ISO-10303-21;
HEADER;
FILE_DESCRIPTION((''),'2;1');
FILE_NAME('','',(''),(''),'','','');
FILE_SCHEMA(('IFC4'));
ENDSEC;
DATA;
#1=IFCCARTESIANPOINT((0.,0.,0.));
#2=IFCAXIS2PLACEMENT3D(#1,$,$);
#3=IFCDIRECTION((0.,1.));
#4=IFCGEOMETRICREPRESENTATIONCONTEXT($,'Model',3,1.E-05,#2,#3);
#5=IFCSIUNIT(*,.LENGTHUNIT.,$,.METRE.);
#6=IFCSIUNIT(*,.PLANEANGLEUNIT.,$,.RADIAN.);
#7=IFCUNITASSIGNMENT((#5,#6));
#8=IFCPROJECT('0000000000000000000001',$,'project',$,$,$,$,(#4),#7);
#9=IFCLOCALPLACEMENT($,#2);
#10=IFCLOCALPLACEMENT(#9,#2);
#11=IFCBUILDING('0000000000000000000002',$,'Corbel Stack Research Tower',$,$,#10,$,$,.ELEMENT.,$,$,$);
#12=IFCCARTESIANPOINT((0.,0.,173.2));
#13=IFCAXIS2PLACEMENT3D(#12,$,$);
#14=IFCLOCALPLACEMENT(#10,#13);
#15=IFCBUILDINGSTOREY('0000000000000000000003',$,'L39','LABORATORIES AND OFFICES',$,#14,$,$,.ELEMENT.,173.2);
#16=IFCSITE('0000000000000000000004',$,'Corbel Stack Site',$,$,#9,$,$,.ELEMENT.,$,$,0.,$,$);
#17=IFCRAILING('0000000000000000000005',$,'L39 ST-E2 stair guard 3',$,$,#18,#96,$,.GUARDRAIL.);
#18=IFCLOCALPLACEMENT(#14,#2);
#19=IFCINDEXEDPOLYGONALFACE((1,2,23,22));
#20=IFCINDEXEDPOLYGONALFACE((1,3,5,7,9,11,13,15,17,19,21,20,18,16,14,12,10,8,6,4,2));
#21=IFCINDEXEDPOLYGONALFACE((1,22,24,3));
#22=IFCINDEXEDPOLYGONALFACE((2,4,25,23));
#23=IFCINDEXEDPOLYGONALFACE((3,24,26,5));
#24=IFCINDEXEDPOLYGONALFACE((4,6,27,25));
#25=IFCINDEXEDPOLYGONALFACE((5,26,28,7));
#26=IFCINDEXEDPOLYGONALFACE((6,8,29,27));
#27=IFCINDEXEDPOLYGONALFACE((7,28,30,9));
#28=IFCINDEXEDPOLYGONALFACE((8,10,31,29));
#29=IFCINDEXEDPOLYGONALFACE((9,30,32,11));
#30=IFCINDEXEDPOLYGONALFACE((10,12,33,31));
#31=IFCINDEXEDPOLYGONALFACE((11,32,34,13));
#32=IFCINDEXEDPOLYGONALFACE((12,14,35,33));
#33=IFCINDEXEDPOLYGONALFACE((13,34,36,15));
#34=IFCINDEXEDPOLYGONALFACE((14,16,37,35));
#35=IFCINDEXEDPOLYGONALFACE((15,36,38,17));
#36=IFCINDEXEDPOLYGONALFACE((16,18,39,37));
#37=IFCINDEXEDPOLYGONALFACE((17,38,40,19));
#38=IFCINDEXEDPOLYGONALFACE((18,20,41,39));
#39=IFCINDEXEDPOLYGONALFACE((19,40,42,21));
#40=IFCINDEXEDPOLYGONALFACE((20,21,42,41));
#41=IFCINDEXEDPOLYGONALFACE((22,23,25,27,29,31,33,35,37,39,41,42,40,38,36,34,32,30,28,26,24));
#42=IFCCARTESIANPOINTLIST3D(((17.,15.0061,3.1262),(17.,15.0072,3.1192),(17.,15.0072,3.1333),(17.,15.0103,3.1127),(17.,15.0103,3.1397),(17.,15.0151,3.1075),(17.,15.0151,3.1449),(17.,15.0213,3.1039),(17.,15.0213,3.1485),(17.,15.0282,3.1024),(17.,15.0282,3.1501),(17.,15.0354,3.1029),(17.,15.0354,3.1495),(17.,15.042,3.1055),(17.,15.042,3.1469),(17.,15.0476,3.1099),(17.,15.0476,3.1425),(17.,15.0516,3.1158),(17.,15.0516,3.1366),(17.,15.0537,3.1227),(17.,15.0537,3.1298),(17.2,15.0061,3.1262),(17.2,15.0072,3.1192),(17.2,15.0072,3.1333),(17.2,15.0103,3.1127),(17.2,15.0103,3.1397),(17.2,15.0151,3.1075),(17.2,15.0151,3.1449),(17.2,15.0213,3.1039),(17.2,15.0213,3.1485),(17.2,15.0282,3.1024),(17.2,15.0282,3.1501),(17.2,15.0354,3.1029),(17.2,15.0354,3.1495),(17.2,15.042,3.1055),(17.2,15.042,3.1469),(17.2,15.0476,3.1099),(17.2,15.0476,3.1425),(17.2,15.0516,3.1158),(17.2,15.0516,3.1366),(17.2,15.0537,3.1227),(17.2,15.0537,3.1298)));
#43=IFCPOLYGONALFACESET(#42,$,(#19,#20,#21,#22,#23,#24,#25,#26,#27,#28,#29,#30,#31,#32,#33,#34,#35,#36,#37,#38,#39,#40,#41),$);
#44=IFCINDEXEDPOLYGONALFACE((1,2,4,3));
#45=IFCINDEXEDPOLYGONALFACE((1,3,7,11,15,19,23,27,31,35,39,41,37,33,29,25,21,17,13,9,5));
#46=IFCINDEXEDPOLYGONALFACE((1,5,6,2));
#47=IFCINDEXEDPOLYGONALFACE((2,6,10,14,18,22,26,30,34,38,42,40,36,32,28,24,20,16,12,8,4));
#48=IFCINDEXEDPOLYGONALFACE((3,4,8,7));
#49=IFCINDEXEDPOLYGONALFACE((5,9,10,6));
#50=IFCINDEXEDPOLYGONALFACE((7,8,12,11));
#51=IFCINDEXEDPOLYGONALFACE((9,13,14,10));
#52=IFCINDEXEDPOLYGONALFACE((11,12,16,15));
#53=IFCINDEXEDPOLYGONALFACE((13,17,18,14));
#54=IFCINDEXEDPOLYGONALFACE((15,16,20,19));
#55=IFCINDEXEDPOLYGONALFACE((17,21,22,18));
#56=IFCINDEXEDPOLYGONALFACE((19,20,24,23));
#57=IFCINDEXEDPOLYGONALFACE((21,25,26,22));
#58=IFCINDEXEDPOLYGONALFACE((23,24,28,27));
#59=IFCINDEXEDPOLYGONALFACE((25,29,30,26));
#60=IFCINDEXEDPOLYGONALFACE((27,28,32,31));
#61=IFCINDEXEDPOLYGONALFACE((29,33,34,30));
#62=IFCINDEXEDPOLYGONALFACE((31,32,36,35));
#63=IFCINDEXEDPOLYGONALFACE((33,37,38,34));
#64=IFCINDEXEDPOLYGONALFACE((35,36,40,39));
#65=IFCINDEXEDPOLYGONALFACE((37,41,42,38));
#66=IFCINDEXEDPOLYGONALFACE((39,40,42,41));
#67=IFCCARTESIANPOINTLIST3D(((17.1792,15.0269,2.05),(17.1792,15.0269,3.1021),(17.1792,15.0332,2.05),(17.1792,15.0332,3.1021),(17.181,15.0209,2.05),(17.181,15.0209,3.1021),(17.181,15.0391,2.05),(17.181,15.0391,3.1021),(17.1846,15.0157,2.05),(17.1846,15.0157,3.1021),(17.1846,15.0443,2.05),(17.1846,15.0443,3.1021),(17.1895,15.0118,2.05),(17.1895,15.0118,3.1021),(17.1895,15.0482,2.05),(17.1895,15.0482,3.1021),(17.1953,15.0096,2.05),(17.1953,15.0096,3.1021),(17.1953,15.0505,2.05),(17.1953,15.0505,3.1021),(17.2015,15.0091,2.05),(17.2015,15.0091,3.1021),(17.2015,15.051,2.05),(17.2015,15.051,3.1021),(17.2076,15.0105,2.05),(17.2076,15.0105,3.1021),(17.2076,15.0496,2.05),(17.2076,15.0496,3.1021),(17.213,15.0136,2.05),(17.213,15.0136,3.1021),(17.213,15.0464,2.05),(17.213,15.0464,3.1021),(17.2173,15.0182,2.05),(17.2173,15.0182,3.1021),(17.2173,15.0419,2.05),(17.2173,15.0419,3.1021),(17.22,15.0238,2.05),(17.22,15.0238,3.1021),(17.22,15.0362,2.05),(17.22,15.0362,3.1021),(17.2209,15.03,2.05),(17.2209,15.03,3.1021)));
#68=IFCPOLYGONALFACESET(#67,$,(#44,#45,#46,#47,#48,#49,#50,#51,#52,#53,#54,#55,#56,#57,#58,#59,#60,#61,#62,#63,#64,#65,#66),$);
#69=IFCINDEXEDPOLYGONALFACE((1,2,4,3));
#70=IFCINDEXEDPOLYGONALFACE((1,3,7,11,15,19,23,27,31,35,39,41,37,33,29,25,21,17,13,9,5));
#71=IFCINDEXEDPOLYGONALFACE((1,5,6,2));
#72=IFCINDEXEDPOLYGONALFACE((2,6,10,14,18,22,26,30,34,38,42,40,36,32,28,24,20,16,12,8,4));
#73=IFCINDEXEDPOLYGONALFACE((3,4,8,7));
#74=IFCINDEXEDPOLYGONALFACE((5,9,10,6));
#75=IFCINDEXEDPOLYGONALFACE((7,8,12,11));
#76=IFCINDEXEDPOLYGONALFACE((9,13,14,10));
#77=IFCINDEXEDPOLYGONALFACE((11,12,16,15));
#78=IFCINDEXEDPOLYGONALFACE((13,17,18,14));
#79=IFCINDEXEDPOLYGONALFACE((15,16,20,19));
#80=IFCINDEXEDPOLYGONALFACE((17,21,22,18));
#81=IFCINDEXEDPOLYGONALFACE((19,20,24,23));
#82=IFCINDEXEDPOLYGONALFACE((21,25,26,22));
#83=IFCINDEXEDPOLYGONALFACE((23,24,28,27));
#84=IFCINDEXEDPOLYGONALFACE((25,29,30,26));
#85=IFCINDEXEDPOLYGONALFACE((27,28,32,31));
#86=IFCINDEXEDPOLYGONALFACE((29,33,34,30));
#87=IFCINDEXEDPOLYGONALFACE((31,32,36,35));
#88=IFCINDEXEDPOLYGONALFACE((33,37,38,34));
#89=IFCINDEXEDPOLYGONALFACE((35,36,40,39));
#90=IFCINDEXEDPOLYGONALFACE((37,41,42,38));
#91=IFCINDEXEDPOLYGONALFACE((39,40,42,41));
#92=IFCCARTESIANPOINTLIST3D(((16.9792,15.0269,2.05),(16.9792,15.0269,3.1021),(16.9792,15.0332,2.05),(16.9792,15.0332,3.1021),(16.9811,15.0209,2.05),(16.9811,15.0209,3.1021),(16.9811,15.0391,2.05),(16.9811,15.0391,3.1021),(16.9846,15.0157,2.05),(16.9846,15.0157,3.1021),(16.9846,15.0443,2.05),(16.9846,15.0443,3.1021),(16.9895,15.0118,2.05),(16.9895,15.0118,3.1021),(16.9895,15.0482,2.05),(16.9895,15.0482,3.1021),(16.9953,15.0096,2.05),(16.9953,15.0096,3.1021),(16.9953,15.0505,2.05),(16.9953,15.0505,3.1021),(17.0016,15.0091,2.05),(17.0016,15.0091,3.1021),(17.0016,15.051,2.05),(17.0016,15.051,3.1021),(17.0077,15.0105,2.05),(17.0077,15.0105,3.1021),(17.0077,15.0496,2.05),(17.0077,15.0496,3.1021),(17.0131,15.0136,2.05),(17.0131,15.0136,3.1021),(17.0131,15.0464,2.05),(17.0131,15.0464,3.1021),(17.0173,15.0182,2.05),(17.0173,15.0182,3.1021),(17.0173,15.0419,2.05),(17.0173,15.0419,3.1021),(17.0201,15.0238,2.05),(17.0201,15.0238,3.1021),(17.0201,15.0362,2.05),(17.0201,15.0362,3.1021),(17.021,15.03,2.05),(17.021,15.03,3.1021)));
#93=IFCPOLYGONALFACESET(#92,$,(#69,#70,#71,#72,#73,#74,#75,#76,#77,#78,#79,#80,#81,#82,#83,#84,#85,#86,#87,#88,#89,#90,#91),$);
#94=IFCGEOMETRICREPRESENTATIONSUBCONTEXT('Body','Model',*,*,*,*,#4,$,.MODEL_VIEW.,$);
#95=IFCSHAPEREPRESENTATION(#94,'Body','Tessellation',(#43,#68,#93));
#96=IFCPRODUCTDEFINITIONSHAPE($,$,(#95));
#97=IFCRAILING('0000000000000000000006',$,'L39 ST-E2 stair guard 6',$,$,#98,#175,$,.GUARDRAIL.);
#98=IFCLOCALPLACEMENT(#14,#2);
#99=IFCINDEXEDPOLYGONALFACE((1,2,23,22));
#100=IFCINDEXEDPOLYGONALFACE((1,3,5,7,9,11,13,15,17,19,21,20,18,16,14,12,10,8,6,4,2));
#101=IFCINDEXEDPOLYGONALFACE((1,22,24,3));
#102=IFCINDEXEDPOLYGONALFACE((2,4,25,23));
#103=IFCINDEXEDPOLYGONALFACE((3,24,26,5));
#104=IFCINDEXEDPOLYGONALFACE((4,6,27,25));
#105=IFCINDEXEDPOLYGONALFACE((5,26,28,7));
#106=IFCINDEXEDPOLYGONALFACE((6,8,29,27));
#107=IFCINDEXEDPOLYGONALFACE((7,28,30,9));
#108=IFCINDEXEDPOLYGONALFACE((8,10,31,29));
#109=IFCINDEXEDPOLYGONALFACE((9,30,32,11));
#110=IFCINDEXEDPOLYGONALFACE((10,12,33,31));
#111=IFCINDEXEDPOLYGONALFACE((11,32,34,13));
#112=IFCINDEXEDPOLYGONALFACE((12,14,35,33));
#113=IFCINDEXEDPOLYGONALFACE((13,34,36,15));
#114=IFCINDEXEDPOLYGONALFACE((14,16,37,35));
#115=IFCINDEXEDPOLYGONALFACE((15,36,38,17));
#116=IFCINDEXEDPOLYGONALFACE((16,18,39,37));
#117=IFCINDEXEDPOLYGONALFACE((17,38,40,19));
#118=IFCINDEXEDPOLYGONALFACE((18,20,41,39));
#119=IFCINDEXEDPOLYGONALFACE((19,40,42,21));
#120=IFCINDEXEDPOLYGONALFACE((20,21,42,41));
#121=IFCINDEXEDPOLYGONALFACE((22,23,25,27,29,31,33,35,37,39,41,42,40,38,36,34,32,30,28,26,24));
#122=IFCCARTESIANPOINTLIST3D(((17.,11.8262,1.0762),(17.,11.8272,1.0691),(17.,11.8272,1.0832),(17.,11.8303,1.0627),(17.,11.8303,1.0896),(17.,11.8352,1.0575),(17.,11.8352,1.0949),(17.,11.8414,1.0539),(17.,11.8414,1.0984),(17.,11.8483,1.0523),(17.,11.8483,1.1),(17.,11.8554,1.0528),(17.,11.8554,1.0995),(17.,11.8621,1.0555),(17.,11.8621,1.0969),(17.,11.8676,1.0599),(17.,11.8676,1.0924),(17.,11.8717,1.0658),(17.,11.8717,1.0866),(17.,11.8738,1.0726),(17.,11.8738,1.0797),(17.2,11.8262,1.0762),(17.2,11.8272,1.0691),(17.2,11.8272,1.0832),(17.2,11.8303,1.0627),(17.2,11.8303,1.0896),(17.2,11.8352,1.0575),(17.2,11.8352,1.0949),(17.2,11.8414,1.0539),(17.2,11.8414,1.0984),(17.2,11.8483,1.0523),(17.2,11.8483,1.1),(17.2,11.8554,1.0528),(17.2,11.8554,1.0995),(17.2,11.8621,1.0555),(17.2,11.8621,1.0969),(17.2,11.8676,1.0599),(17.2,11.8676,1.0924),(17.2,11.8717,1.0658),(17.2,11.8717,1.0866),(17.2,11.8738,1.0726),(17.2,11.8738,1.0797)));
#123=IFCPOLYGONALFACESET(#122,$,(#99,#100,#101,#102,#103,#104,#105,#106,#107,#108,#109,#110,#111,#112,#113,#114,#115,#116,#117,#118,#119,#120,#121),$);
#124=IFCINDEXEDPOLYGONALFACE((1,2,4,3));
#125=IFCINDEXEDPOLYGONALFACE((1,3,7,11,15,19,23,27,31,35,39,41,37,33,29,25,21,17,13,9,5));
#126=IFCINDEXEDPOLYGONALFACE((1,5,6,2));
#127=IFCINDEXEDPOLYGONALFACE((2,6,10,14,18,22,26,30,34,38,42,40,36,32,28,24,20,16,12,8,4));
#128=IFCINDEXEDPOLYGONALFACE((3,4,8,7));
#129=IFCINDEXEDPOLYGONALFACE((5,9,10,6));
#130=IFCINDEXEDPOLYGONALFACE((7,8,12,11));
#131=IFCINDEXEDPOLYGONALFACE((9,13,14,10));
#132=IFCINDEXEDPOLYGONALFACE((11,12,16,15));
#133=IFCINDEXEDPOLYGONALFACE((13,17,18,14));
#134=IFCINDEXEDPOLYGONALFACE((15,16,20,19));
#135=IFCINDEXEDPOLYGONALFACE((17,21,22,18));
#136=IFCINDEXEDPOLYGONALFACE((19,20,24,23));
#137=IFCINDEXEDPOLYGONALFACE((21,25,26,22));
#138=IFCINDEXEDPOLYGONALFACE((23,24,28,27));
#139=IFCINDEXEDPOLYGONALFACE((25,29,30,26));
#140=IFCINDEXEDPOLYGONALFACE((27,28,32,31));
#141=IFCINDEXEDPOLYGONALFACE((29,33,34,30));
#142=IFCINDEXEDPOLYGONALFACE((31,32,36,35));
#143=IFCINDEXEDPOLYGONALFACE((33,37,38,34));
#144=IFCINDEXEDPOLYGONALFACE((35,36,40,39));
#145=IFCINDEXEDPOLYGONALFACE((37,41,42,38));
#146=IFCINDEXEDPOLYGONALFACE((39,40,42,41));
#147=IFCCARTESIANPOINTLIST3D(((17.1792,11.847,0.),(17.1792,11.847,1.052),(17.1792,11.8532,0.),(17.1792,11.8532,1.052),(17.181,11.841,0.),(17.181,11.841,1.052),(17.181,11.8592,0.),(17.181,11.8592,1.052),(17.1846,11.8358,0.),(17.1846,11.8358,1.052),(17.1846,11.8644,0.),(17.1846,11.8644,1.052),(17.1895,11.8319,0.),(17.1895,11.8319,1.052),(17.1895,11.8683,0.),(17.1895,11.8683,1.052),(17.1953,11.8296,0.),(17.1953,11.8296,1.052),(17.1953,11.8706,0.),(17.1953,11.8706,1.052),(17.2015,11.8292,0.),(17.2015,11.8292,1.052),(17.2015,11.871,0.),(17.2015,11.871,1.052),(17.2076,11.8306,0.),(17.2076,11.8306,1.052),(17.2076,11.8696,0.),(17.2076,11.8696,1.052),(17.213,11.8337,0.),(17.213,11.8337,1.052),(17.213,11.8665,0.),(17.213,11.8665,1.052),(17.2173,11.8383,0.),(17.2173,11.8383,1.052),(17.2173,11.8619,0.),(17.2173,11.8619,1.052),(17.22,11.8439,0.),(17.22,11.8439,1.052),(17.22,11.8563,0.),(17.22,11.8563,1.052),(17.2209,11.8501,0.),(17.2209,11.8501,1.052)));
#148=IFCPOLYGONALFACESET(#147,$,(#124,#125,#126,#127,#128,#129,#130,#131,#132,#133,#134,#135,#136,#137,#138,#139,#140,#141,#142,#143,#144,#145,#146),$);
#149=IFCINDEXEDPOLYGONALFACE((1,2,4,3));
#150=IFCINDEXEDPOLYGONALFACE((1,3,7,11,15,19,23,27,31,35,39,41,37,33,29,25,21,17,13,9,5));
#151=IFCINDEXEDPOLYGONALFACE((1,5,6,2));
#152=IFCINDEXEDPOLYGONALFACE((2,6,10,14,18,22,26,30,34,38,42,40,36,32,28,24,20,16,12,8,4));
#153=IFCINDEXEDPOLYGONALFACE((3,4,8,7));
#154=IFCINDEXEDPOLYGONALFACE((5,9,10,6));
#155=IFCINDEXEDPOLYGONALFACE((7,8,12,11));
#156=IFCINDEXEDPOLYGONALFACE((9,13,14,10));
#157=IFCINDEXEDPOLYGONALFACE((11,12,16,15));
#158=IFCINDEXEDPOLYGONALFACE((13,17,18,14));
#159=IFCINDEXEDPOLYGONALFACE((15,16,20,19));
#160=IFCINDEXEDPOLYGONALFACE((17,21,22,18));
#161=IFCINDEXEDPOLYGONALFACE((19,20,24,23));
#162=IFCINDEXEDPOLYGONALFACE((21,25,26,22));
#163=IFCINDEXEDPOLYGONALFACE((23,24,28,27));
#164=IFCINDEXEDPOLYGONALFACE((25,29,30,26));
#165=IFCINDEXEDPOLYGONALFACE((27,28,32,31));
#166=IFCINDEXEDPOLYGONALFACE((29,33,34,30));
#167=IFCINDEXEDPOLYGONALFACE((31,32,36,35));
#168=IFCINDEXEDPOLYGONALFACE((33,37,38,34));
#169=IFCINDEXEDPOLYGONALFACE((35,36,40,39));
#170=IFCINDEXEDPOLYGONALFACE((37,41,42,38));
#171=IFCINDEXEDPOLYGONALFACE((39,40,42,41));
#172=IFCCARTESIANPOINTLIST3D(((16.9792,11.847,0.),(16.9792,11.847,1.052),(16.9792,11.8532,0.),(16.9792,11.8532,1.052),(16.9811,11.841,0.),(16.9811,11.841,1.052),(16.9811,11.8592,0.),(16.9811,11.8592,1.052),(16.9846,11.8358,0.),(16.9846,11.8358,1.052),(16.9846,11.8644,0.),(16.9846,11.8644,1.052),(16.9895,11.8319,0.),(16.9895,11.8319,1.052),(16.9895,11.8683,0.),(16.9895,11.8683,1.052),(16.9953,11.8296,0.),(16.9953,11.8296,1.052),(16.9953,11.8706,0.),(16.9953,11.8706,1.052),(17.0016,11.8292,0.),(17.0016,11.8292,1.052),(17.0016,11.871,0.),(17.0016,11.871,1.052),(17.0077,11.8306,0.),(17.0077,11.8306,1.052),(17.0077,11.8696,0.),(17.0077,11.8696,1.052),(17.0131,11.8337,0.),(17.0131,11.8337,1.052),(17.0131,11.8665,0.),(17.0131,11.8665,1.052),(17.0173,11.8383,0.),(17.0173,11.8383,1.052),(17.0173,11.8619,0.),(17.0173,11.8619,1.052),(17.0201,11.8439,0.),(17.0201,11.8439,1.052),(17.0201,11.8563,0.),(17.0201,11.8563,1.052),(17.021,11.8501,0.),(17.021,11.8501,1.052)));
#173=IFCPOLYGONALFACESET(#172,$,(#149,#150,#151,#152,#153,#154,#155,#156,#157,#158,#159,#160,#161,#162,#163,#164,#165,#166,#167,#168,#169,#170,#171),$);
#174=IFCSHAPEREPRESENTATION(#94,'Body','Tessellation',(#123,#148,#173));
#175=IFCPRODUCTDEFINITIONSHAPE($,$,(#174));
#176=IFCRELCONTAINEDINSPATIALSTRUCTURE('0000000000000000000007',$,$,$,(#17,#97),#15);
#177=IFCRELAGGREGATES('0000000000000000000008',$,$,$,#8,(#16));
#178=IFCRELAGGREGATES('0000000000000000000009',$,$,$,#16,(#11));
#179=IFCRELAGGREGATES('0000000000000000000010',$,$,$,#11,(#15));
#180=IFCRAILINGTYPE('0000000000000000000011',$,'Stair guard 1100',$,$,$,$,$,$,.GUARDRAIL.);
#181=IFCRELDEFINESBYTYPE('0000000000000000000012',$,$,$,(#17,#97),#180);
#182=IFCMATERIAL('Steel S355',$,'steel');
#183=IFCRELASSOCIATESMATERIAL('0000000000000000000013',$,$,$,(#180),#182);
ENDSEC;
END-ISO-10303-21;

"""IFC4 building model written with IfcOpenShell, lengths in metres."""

from ifc_helpers import new_model, si_unit, direction, frame, origin, origin_2d, place, context, subcontext, project, spatial, circle, extrude, material, type_object, element, save


model = new_model("IFC4")

# Units and contexts
model_context = context("Model", 3, precision=1e-05, world=origin(), true_north=direction((0.0, 1.0)))
body_context = subcontext(model_context, "Body", "Model", "MODEL_VIEW")
ifc_project = project(units=[si_unit("LENGTHUNIT", "METRE"), si_unit("PLANEANGLEUNIT", "RADIAN")], contexts=[model_context])

# Site, building, storey
site_placement = place(None, origin())
site = spatial("IfcSite", under=ifc_project, at=site_placement, Name="Corbel Stack Site", CompositionType="ELEMENT", RefElevation=0.0)
building_placement = place(site_placement, origin())
building = spatial("IfcBuilding", under=site, at=building_placement, Name="Corbel Stack Research Tower", CompositionType="ELEMENT")
storey_placement = place(building_placement, frame((0.0, 0.0, 173.2)))
storey = spatial("IfcBuildingStorey", under=building, at=storey_placement, Name="L39", Description="LABORATORIES AND OFFICES", CompositionType="ELEMENT", Elevation=173.2)

# Railings
ifc_material_1 = material(Name="Steel S355", Category="steel")
railing_type = type_object("IfcRailingType", Name="Stair guard 1100", PredefinedType="GUARDRAIL", material=ifc_material_1)
for number, where, name in (
    (1, (17.2, 15.03, 2.05), "L39 ST-E2 stair guard 3"),
    (2, (17.2, 11.8501, 0.0), "L39 ST-E2 stair guard 6"),
):
    element("IfcRailing", number, at=place(storey_placement, frame(where)), inside=storey, type_object=railing_type, Name=name, PredefinedType="GUARDRAIL", context=body_context, shape_type="SweptSolid", body=[
        extrude(circle(Radius=0.0239, at=origin_2d()), frame((0.0, 0.0, 1.0762), z_axis=(-1.0, 0.0, 0.0), x_axis=(0.0, -1.0, 0.0)), (0.0, 0.0, 1.0), 0.2),
        extrude(circle(Radius=0.021, at=origin_2d()), origin(), (0.0, 0.0, 1.0), 1.052),
        extrude(circle(Radius=0.021, at=origin_2d()), frame((-0.2, 0.0, 0.0)), (0.0, 0.0, 1.0), 1.052),
    ])

save(model, "model.ifc")
